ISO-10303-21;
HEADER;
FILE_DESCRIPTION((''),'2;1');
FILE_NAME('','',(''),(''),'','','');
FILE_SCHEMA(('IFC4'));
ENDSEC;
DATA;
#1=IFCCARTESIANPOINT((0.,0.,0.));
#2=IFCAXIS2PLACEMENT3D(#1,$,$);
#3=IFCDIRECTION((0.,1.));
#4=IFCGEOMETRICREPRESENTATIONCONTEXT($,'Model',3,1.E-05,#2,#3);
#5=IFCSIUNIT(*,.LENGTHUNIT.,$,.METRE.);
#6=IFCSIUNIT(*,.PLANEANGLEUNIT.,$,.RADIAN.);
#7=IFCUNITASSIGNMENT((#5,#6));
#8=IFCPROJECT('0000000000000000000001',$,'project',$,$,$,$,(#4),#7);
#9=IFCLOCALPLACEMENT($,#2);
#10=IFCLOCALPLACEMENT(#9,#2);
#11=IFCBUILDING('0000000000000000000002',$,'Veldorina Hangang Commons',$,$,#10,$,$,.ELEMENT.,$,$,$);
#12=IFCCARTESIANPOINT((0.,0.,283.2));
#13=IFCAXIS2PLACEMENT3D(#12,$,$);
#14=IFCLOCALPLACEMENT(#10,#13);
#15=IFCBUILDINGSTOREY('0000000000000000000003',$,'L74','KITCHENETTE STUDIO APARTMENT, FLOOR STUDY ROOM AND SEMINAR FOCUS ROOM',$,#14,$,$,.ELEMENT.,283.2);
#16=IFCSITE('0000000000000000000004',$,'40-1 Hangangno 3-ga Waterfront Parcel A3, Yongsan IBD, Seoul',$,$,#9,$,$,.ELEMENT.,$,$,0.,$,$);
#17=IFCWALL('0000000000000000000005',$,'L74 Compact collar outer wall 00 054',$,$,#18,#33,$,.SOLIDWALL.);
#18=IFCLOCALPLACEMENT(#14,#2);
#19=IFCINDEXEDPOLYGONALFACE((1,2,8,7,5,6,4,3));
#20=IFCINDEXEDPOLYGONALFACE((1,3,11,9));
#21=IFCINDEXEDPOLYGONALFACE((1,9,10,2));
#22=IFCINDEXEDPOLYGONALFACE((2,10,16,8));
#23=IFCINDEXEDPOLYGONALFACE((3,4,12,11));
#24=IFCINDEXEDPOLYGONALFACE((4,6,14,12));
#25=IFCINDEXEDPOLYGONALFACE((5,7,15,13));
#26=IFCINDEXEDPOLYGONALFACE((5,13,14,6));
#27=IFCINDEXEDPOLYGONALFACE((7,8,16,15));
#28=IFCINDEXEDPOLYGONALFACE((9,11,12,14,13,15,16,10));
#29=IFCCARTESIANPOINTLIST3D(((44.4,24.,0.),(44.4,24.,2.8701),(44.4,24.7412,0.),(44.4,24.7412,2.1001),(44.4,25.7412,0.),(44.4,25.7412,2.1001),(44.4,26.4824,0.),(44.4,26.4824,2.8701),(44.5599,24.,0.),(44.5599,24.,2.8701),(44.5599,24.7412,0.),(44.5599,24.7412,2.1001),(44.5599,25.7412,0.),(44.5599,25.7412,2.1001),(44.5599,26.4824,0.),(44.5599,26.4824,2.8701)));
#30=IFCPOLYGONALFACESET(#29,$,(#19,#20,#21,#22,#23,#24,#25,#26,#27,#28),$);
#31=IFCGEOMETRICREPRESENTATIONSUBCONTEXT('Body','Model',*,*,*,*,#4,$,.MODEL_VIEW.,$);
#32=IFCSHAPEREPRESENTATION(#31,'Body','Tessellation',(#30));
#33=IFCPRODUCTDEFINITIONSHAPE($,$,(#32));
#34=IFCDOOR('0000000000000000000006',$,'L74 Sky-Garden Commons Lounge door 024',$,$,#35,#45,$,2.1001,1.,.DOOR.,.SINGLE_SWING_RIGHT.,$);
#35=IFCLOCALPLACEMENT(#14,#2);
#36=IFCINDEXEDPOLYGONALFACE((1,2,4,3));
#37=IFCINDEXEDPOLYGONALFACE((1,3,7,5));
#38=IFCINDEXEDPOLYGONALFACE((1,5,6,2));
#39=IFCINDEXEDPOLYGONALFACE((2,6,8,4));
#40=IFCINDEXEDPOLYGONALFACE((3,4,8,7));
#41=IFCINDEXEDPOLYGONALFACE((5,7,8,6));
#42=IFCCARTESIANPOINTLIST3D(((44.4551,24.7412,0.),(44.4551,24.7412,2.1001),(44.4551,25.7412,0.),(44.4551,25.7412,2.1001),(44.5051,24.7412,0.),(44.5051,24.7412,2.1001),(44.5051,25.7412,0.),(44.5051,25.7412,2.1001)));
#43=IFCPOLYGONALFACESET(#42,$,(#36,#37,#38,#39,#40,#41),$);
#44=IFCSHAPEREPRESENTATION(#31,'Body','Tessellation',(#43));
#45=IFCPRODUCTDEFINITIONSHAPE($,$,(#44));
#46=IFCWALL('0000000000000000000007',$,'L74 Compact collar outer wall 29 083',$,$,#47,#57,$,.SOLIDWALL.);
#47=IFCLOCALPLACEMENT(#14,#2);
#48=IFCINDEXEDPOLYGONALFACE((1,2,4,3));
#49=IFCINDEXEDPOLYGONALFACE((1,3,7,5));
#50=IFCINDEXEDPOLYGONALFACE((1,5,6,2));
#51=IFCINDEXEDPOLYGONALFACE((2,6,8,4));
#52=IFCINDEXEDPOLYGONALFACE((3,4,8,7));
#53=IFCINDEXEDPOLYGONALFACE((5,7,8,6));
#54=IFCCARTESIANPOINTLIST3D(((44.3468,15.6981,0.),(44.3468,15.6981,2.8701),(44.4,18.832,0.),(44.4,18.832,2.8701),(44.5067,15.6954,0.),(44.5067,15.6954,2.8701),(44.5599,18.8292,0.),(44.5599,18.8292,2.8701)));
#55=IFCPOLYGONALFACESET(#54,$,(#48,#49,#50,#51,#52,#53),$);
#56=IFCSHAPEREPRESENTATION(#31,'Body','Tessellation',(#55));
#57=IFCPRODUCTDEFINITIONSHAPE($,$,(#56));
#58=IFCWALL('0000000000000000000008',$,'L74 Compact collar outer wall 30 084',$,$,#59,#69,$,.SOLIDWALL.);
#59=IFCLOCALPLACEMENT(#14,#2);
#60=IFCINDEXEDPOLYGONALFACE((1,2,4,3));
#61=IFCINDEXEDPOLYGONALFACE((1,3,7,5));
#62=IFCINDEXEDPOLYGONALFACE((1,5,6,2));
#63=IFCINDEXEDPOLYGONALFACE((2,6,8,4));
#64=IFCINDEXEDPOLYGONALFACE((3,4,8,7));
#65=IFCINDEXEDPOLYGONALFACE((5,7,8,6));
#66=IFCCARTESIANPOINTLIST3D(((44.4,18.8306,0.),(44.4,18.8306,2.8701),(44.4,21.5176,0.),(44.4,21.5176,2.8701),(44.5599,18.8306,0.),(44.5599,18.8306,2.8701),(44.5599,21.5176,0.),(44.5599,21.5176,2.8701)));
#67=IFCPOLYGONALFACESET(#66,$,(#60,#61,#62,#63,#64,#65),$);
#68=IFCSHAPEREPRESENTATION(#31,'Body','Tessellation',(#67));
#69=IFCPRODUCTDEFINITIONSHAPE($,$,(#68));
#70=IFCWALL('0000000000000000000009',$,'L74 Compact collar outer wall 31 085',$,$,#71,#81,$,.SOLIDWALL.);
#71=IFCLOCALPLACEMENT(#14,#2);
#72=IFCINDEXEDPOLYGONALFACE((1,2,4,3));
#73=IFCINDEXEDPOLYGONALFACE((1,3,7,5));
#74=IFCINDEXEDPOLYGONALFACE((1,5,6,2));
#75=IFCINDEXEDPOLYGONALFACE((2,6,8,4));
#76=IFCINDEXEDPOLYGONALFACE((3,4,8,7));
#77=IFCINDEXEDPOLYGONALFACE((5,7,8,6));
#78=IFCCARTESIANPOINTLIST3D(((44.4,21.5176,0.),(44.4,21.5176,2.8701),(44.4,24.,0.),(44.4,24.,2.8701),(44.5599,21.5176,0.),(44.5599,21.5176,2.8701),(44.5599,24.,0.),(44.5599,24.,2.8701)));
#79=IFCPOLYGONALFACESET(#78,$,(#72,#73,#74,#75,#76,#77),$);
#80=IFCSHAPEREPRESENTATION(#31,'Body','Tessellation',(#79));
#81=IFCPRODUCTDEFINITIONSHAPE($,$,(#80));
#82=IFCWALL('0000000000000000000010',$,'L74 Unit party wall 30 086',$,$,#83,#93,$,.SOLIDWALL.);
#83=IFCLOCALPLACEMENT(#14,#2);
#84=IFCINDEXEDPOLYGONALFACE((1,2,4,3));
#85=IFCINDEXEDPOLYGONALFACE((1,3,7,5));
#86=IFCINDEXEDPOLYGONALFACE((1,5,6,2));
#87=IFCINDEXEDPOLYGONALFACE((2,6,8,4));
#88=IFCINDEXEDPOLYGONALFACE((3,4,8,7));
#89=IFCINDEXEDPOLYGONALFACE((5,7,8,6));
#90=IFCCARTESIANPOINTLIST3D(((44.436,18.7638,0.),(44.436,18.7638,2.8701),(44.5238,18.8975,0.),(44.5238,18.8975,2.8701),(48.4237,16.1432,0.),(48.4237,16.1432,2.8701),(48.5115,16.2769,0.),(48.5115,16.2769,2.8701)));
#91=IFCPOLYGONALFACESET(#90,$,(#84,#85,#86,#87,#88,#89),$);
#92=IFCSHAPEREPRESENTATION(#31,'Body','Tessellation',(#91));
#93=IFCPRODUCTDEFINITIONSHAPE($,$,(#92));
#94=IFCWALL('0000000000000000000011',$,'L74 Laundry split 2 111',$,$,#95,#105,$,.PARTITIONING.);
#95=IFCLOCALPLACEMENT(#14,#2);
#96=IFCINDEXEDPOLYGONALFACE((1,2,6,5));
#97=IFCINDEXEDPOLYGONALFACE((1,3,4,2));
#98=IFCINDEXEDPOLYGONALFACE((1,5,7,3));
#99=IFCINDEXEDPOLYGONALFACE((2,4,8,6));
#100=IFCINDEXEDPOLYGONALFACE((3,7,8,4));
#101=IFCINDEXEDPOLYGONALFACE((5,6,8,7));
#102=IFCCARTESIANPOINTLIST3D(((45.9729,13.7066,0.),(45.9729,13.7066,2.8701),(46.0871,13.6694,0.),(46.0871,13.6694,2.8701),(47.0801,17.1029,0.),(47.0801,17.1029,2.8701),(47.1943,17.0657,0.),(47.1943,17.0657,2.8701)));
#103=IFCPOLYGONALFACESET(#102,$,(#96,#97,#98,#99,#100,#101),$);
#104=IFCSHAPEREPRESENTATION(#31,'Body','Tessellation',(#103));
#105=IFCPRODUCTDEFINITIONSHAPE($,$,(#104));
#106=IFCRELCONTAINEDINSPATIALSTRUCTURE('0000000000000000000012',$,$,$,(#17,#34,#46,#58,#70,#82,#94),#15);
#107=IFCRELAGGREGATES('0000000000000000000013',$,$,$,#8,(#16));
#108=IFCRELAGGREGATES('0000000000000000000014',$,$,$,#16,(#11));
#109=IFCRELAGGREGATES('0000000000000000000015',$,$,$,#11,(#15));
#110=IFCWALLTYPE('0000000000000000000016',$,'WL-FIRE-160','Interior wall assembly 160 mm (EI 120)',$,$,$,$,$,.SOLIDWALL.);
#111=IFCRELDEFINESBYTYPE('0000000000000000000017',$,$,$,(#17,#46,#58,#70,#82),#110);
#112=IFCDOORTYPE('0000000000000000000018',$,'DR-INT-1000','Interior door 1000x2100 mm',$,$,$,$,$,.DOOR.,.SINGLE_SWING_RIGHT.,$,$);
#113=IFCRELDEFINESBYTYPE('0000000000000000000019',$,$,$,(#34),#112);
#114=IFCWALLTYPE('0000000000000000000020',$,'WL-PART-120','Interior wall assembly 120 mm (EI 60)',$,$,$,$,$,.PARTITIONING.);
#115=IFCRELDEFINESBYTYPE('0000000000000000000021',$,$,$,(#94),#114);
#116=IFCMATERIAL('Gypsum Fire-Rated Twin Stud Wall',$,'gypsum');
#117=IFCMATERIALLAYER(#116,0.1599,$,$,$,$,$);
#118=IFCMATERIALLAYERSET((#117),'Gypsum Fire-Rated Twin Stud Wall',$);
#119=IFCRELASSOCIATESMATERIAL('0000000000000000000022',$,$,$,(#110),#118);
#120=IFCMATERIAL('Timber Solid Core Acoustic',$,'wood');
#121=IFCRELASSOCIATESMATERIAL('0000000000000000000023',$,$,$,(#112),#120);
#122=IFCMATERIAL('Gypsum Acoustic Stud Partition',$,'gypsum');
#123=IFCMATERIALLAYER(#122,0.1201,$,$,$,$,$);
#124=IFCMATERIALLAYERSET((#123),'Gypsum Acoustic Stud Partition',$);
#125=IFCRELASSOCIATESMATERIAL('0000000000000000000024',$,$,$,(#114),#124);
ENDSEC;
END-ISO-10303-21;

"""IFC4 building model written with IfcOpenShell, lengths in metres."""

from ifc_helpers import new_model, si_unit, direction, frame, frame_2d, origin, place, context, subcontext, project, spatial, rectangle, extrude, material, layer, layer_set, type_object, element, fill, save


model = new_model("IFC4")

# Units and contexts
model_context = context("Model", 3, precision=1e-05, world=origin(), true_north=direction((0.0, 1.0)))
body_context = subcontext(model_context, "Body", "Model", "MODEL_VIEW")
ifc_project = project(units=[si_unit("LENGTHUNIT", "METRE"), si_unit("PLANEANGLEUNIT", "RADIAN")], contexts=[model_context])

# Site, building, storey
site_placement = place(None, origin())
site = spatial("IfcSite", under=ifc_project, at=site_placement, Name="40-1 Hangangno 3-ga Waterfront Parcel A3, Yongsan IBD, Seoul", CompositionType="ELEMENT", RefElevation=0.0)
building_placement = place(site_placement, origin())
building = spatial("IfcBuilding", under=site, at=building_placement, Name="Veldorina Hangang Commons", CompositionType="ELEMENT")
storey_placement = place(building_placement, frame((0.0, 0.0, 283.2)))
storey = spatial("IfcBuildingStorey", under=building, at=storey_placement, Name="L74", Description="KITCHENETTE STUDIO APARTMENT, FLOOR STUDY ROOM AND SEMINAR FOCUS ROOM", CompositionType="ELEMENT", Elevation=283.2)

# Wall, opening, door
ifc_material_1 = material(Name="Gypsum Fire-Rated Twin Stud Wall", Category="gypsum")
ifc_layer_1 = layer(ifc_material_1, 0.1599)
ifc_layer_set_1 = layer_set([ifc_layer_1], Name="Gypsum Fire-Rated Twin Stud Wall")
wall_type_1 = type_object("IfcWallType", Name="WL-FIRE-160", Description="Interior wall assembly 160 mm (EI 120)", PredefinedType="SOLIDWALL", material=ifc_layer_set_1)
wall_1_placement = place(storey_placement, frame((44.48, 24.0, 0.0), z_axis=(0.0, 0.0, 1.0), x_axis=(0.0, 1.0, 0.0)))
wall_1 = element("IfcWall", 1, at=wall_1_placement, inside=storey, type_object=wall_type_1, Name="L74 Compact collar outer wall 00 054", PredefinedType="SOLIDWALL", context=body_context, shape_type="SweptSolid", body=[
    extrude(rectangle(XDim=2.4824, YDim=0.1599, at=frame_2d((1.2412, 0.0))), origin(), (0.0, 0.0, 1.0), 2.8701),
])
opening_1_placement = place(wall_1_placement, frame((0.7412, 0.0, 0.0)))
opening_1 = element("IfcOpeningElement", 2, at=opening_1_placement, cuts=wall_1, PredefinedType="OPENING", context=body_context, shape_type="SweptSolid", body=[
    extrude(rectangle(XDim=1.0, YDim=2.1001, at=frame_2d((0.5, 1.05))), frame((0.0, 0.0898, 0.0), z_axis=(0.0, -1.0, 0.0), x_axis=(1.0, 0.0, 0.0)), (0.0, 0.0, 1.0), 0.1799),
])
ifc_material_2 = material(Name="Timber Solid Core Acoustic", Category="wood")
door_type_1 = type_object("IfcDoorType", Name="DR-INT-1000", Description="Interior door 1000x2100 mm", OperationType="SINGLE_SWING_RIGHT", PredefinedType="DOOR", material=ifc_material_2)
door_1_placement = place(opening_1_placement, origin())
door_1 = element("IfcDoor", 3, at=door_1_placement, inside=storey, type_object=door_type_1, Name="L74 Sky-Garden Commons Lounge door 024", OperationType="SINGLE_SWING_RIGHT", OverallHeight=2.1001, OverallWidth=1.0, PredefinedType="DOOR", context=body_context, shape_type="SweptSolid", body=[
    extrude(rectangle(XDim=1.0, YDim=2.1001, at=frame_2d((0.5, 1.05))), frame((0.0, 0.0249, 0.0), z_axis=(0.0, -1.0, 0.0), x_axis=(1.0, 0.0, 0.0)), (0.0, 0.0, 1.0), 0.05),
])
fill(opening_1, door_1)

# Walls
wall_2_placement = place(storey_placement, frame((44.4268, 15.6968, 0.0), z_axis=(0.0, 0.0, 1.0), x_axis=(0.016981, 0.999856, 0.0)))
element("IfcWall", 4, at=wall_2_placement, inside=storey, type_object=wall_type_1, Name="L74 Compact collar outer wall 29 083", PredefinedType="SOLIDWALL", context=body_context, shape_type="SweptSolid", body=[
    extrude(rectangle(XDim=3.1343, YDim=0.1599, at=frame_2d((1.5671, 0.0))), origin(), (0.0, 0.0, 1.0), 2.8701),
])
wall_3_placement = place(storey_placement, frame((44.48, 18.8306, 0.0), z_axis=(0.0, 0.0, 1.0), x_axis=(0.0, 1.0, 0.0)))
element("IfcWall", 5, at=wall_3_placement, inside=storey, type_object=wall_type_1, Name="L74 Compact collar outer wall 30 084", PredefinedType="SOLIDWALL", context=body_context, shape_type="SweptSolid", body=[
    extrude(rectangle(XDim=2.687, YDim=0.1599, at=frame_2d((1.3435, 0.0))), origin(), (0.0, 0.0, 1.0), 2.8701),
])
wall_4_placement = place(storey_placement, frame((44.48, 21.5176, 0.0), z_axis=(0.0, 0.0, 1.0), x_axis=(0.0, 1.0, 0.0)))
element("IfcWall", 6, at=wall_4_placement, inside=storey, type_object=wall_type_1, Name="L74 Compact collar outer wall 31 085", PredefinedType="SOLIDWALL", context=body_context, shape_type="SweptSolid", body=[
    extrude(rectangle(XDim=2.4824, YDim=0.1599, at=frame_2d((1.2412, 0.0))), origin(), (0.0, 0.0, 1.0), 2.8701),
])
wall_5_placement = place(storey_placement, frame((44.48, 18.8306, 0.0), z_axis=(0.0, 0.0, 1.0), x_axis=(0.8357, -0.549186, 0.0)))
element("IfcWall", 7, at=wall_5_placement, inside=storey, type_object=wall_type_1, Name="L74 Unit party wall 30 086", PredefinedType="SOLIDWALL", context=body_context, shape_type="SweptSolid", body=[
    extrude(rectangle(XDim=4.7717, YDim=0.1599, at=frame_2d((2.3857, 0.0))), origin(), (0.0, 0.0, 1.0), 2.8701),
])
ifc_material_3 = material(Name="Gypsum Acoustic Stud Partition", Category="gypsum")
ifc_layer_2 = layer(ifc_material_3, 0.1201)
ifc_layer_set_2 = layer_set([ifc_layer_2], Name="Gypsum Acoustic Stud Partition")
wall_type_2 = type_object("IfcWallType", Name="WL-PART-120", Description="Interior wall assembly 120 mm (EI 60)", PredefinedType="PARTITIONING", material=ifc_layer_set_2)
wall_6_placement = place(storey_placement, frame((46.03, 13.688, 0.0), z_axis=(0.0, 0.0, 1.0), x_axis=(0.309947, 0.950754, 0.0)))
element("IfcWall", 8, at=wall_6_placement, inside=storey, type_object=wall_type_2, Name="L74 Laundry split 2 111", PredefinedType="PARTITIONING", context=body_context, shape_type="SweptSolid", body=[
    extrude(rectangle(XDim=3.5723, YDim=0.1201, at=frame_2d((1.7861, 0.0))), origin(), (0.0, 0.0, 1.0), 2.8701),
])

save(model, "model.ifc")
